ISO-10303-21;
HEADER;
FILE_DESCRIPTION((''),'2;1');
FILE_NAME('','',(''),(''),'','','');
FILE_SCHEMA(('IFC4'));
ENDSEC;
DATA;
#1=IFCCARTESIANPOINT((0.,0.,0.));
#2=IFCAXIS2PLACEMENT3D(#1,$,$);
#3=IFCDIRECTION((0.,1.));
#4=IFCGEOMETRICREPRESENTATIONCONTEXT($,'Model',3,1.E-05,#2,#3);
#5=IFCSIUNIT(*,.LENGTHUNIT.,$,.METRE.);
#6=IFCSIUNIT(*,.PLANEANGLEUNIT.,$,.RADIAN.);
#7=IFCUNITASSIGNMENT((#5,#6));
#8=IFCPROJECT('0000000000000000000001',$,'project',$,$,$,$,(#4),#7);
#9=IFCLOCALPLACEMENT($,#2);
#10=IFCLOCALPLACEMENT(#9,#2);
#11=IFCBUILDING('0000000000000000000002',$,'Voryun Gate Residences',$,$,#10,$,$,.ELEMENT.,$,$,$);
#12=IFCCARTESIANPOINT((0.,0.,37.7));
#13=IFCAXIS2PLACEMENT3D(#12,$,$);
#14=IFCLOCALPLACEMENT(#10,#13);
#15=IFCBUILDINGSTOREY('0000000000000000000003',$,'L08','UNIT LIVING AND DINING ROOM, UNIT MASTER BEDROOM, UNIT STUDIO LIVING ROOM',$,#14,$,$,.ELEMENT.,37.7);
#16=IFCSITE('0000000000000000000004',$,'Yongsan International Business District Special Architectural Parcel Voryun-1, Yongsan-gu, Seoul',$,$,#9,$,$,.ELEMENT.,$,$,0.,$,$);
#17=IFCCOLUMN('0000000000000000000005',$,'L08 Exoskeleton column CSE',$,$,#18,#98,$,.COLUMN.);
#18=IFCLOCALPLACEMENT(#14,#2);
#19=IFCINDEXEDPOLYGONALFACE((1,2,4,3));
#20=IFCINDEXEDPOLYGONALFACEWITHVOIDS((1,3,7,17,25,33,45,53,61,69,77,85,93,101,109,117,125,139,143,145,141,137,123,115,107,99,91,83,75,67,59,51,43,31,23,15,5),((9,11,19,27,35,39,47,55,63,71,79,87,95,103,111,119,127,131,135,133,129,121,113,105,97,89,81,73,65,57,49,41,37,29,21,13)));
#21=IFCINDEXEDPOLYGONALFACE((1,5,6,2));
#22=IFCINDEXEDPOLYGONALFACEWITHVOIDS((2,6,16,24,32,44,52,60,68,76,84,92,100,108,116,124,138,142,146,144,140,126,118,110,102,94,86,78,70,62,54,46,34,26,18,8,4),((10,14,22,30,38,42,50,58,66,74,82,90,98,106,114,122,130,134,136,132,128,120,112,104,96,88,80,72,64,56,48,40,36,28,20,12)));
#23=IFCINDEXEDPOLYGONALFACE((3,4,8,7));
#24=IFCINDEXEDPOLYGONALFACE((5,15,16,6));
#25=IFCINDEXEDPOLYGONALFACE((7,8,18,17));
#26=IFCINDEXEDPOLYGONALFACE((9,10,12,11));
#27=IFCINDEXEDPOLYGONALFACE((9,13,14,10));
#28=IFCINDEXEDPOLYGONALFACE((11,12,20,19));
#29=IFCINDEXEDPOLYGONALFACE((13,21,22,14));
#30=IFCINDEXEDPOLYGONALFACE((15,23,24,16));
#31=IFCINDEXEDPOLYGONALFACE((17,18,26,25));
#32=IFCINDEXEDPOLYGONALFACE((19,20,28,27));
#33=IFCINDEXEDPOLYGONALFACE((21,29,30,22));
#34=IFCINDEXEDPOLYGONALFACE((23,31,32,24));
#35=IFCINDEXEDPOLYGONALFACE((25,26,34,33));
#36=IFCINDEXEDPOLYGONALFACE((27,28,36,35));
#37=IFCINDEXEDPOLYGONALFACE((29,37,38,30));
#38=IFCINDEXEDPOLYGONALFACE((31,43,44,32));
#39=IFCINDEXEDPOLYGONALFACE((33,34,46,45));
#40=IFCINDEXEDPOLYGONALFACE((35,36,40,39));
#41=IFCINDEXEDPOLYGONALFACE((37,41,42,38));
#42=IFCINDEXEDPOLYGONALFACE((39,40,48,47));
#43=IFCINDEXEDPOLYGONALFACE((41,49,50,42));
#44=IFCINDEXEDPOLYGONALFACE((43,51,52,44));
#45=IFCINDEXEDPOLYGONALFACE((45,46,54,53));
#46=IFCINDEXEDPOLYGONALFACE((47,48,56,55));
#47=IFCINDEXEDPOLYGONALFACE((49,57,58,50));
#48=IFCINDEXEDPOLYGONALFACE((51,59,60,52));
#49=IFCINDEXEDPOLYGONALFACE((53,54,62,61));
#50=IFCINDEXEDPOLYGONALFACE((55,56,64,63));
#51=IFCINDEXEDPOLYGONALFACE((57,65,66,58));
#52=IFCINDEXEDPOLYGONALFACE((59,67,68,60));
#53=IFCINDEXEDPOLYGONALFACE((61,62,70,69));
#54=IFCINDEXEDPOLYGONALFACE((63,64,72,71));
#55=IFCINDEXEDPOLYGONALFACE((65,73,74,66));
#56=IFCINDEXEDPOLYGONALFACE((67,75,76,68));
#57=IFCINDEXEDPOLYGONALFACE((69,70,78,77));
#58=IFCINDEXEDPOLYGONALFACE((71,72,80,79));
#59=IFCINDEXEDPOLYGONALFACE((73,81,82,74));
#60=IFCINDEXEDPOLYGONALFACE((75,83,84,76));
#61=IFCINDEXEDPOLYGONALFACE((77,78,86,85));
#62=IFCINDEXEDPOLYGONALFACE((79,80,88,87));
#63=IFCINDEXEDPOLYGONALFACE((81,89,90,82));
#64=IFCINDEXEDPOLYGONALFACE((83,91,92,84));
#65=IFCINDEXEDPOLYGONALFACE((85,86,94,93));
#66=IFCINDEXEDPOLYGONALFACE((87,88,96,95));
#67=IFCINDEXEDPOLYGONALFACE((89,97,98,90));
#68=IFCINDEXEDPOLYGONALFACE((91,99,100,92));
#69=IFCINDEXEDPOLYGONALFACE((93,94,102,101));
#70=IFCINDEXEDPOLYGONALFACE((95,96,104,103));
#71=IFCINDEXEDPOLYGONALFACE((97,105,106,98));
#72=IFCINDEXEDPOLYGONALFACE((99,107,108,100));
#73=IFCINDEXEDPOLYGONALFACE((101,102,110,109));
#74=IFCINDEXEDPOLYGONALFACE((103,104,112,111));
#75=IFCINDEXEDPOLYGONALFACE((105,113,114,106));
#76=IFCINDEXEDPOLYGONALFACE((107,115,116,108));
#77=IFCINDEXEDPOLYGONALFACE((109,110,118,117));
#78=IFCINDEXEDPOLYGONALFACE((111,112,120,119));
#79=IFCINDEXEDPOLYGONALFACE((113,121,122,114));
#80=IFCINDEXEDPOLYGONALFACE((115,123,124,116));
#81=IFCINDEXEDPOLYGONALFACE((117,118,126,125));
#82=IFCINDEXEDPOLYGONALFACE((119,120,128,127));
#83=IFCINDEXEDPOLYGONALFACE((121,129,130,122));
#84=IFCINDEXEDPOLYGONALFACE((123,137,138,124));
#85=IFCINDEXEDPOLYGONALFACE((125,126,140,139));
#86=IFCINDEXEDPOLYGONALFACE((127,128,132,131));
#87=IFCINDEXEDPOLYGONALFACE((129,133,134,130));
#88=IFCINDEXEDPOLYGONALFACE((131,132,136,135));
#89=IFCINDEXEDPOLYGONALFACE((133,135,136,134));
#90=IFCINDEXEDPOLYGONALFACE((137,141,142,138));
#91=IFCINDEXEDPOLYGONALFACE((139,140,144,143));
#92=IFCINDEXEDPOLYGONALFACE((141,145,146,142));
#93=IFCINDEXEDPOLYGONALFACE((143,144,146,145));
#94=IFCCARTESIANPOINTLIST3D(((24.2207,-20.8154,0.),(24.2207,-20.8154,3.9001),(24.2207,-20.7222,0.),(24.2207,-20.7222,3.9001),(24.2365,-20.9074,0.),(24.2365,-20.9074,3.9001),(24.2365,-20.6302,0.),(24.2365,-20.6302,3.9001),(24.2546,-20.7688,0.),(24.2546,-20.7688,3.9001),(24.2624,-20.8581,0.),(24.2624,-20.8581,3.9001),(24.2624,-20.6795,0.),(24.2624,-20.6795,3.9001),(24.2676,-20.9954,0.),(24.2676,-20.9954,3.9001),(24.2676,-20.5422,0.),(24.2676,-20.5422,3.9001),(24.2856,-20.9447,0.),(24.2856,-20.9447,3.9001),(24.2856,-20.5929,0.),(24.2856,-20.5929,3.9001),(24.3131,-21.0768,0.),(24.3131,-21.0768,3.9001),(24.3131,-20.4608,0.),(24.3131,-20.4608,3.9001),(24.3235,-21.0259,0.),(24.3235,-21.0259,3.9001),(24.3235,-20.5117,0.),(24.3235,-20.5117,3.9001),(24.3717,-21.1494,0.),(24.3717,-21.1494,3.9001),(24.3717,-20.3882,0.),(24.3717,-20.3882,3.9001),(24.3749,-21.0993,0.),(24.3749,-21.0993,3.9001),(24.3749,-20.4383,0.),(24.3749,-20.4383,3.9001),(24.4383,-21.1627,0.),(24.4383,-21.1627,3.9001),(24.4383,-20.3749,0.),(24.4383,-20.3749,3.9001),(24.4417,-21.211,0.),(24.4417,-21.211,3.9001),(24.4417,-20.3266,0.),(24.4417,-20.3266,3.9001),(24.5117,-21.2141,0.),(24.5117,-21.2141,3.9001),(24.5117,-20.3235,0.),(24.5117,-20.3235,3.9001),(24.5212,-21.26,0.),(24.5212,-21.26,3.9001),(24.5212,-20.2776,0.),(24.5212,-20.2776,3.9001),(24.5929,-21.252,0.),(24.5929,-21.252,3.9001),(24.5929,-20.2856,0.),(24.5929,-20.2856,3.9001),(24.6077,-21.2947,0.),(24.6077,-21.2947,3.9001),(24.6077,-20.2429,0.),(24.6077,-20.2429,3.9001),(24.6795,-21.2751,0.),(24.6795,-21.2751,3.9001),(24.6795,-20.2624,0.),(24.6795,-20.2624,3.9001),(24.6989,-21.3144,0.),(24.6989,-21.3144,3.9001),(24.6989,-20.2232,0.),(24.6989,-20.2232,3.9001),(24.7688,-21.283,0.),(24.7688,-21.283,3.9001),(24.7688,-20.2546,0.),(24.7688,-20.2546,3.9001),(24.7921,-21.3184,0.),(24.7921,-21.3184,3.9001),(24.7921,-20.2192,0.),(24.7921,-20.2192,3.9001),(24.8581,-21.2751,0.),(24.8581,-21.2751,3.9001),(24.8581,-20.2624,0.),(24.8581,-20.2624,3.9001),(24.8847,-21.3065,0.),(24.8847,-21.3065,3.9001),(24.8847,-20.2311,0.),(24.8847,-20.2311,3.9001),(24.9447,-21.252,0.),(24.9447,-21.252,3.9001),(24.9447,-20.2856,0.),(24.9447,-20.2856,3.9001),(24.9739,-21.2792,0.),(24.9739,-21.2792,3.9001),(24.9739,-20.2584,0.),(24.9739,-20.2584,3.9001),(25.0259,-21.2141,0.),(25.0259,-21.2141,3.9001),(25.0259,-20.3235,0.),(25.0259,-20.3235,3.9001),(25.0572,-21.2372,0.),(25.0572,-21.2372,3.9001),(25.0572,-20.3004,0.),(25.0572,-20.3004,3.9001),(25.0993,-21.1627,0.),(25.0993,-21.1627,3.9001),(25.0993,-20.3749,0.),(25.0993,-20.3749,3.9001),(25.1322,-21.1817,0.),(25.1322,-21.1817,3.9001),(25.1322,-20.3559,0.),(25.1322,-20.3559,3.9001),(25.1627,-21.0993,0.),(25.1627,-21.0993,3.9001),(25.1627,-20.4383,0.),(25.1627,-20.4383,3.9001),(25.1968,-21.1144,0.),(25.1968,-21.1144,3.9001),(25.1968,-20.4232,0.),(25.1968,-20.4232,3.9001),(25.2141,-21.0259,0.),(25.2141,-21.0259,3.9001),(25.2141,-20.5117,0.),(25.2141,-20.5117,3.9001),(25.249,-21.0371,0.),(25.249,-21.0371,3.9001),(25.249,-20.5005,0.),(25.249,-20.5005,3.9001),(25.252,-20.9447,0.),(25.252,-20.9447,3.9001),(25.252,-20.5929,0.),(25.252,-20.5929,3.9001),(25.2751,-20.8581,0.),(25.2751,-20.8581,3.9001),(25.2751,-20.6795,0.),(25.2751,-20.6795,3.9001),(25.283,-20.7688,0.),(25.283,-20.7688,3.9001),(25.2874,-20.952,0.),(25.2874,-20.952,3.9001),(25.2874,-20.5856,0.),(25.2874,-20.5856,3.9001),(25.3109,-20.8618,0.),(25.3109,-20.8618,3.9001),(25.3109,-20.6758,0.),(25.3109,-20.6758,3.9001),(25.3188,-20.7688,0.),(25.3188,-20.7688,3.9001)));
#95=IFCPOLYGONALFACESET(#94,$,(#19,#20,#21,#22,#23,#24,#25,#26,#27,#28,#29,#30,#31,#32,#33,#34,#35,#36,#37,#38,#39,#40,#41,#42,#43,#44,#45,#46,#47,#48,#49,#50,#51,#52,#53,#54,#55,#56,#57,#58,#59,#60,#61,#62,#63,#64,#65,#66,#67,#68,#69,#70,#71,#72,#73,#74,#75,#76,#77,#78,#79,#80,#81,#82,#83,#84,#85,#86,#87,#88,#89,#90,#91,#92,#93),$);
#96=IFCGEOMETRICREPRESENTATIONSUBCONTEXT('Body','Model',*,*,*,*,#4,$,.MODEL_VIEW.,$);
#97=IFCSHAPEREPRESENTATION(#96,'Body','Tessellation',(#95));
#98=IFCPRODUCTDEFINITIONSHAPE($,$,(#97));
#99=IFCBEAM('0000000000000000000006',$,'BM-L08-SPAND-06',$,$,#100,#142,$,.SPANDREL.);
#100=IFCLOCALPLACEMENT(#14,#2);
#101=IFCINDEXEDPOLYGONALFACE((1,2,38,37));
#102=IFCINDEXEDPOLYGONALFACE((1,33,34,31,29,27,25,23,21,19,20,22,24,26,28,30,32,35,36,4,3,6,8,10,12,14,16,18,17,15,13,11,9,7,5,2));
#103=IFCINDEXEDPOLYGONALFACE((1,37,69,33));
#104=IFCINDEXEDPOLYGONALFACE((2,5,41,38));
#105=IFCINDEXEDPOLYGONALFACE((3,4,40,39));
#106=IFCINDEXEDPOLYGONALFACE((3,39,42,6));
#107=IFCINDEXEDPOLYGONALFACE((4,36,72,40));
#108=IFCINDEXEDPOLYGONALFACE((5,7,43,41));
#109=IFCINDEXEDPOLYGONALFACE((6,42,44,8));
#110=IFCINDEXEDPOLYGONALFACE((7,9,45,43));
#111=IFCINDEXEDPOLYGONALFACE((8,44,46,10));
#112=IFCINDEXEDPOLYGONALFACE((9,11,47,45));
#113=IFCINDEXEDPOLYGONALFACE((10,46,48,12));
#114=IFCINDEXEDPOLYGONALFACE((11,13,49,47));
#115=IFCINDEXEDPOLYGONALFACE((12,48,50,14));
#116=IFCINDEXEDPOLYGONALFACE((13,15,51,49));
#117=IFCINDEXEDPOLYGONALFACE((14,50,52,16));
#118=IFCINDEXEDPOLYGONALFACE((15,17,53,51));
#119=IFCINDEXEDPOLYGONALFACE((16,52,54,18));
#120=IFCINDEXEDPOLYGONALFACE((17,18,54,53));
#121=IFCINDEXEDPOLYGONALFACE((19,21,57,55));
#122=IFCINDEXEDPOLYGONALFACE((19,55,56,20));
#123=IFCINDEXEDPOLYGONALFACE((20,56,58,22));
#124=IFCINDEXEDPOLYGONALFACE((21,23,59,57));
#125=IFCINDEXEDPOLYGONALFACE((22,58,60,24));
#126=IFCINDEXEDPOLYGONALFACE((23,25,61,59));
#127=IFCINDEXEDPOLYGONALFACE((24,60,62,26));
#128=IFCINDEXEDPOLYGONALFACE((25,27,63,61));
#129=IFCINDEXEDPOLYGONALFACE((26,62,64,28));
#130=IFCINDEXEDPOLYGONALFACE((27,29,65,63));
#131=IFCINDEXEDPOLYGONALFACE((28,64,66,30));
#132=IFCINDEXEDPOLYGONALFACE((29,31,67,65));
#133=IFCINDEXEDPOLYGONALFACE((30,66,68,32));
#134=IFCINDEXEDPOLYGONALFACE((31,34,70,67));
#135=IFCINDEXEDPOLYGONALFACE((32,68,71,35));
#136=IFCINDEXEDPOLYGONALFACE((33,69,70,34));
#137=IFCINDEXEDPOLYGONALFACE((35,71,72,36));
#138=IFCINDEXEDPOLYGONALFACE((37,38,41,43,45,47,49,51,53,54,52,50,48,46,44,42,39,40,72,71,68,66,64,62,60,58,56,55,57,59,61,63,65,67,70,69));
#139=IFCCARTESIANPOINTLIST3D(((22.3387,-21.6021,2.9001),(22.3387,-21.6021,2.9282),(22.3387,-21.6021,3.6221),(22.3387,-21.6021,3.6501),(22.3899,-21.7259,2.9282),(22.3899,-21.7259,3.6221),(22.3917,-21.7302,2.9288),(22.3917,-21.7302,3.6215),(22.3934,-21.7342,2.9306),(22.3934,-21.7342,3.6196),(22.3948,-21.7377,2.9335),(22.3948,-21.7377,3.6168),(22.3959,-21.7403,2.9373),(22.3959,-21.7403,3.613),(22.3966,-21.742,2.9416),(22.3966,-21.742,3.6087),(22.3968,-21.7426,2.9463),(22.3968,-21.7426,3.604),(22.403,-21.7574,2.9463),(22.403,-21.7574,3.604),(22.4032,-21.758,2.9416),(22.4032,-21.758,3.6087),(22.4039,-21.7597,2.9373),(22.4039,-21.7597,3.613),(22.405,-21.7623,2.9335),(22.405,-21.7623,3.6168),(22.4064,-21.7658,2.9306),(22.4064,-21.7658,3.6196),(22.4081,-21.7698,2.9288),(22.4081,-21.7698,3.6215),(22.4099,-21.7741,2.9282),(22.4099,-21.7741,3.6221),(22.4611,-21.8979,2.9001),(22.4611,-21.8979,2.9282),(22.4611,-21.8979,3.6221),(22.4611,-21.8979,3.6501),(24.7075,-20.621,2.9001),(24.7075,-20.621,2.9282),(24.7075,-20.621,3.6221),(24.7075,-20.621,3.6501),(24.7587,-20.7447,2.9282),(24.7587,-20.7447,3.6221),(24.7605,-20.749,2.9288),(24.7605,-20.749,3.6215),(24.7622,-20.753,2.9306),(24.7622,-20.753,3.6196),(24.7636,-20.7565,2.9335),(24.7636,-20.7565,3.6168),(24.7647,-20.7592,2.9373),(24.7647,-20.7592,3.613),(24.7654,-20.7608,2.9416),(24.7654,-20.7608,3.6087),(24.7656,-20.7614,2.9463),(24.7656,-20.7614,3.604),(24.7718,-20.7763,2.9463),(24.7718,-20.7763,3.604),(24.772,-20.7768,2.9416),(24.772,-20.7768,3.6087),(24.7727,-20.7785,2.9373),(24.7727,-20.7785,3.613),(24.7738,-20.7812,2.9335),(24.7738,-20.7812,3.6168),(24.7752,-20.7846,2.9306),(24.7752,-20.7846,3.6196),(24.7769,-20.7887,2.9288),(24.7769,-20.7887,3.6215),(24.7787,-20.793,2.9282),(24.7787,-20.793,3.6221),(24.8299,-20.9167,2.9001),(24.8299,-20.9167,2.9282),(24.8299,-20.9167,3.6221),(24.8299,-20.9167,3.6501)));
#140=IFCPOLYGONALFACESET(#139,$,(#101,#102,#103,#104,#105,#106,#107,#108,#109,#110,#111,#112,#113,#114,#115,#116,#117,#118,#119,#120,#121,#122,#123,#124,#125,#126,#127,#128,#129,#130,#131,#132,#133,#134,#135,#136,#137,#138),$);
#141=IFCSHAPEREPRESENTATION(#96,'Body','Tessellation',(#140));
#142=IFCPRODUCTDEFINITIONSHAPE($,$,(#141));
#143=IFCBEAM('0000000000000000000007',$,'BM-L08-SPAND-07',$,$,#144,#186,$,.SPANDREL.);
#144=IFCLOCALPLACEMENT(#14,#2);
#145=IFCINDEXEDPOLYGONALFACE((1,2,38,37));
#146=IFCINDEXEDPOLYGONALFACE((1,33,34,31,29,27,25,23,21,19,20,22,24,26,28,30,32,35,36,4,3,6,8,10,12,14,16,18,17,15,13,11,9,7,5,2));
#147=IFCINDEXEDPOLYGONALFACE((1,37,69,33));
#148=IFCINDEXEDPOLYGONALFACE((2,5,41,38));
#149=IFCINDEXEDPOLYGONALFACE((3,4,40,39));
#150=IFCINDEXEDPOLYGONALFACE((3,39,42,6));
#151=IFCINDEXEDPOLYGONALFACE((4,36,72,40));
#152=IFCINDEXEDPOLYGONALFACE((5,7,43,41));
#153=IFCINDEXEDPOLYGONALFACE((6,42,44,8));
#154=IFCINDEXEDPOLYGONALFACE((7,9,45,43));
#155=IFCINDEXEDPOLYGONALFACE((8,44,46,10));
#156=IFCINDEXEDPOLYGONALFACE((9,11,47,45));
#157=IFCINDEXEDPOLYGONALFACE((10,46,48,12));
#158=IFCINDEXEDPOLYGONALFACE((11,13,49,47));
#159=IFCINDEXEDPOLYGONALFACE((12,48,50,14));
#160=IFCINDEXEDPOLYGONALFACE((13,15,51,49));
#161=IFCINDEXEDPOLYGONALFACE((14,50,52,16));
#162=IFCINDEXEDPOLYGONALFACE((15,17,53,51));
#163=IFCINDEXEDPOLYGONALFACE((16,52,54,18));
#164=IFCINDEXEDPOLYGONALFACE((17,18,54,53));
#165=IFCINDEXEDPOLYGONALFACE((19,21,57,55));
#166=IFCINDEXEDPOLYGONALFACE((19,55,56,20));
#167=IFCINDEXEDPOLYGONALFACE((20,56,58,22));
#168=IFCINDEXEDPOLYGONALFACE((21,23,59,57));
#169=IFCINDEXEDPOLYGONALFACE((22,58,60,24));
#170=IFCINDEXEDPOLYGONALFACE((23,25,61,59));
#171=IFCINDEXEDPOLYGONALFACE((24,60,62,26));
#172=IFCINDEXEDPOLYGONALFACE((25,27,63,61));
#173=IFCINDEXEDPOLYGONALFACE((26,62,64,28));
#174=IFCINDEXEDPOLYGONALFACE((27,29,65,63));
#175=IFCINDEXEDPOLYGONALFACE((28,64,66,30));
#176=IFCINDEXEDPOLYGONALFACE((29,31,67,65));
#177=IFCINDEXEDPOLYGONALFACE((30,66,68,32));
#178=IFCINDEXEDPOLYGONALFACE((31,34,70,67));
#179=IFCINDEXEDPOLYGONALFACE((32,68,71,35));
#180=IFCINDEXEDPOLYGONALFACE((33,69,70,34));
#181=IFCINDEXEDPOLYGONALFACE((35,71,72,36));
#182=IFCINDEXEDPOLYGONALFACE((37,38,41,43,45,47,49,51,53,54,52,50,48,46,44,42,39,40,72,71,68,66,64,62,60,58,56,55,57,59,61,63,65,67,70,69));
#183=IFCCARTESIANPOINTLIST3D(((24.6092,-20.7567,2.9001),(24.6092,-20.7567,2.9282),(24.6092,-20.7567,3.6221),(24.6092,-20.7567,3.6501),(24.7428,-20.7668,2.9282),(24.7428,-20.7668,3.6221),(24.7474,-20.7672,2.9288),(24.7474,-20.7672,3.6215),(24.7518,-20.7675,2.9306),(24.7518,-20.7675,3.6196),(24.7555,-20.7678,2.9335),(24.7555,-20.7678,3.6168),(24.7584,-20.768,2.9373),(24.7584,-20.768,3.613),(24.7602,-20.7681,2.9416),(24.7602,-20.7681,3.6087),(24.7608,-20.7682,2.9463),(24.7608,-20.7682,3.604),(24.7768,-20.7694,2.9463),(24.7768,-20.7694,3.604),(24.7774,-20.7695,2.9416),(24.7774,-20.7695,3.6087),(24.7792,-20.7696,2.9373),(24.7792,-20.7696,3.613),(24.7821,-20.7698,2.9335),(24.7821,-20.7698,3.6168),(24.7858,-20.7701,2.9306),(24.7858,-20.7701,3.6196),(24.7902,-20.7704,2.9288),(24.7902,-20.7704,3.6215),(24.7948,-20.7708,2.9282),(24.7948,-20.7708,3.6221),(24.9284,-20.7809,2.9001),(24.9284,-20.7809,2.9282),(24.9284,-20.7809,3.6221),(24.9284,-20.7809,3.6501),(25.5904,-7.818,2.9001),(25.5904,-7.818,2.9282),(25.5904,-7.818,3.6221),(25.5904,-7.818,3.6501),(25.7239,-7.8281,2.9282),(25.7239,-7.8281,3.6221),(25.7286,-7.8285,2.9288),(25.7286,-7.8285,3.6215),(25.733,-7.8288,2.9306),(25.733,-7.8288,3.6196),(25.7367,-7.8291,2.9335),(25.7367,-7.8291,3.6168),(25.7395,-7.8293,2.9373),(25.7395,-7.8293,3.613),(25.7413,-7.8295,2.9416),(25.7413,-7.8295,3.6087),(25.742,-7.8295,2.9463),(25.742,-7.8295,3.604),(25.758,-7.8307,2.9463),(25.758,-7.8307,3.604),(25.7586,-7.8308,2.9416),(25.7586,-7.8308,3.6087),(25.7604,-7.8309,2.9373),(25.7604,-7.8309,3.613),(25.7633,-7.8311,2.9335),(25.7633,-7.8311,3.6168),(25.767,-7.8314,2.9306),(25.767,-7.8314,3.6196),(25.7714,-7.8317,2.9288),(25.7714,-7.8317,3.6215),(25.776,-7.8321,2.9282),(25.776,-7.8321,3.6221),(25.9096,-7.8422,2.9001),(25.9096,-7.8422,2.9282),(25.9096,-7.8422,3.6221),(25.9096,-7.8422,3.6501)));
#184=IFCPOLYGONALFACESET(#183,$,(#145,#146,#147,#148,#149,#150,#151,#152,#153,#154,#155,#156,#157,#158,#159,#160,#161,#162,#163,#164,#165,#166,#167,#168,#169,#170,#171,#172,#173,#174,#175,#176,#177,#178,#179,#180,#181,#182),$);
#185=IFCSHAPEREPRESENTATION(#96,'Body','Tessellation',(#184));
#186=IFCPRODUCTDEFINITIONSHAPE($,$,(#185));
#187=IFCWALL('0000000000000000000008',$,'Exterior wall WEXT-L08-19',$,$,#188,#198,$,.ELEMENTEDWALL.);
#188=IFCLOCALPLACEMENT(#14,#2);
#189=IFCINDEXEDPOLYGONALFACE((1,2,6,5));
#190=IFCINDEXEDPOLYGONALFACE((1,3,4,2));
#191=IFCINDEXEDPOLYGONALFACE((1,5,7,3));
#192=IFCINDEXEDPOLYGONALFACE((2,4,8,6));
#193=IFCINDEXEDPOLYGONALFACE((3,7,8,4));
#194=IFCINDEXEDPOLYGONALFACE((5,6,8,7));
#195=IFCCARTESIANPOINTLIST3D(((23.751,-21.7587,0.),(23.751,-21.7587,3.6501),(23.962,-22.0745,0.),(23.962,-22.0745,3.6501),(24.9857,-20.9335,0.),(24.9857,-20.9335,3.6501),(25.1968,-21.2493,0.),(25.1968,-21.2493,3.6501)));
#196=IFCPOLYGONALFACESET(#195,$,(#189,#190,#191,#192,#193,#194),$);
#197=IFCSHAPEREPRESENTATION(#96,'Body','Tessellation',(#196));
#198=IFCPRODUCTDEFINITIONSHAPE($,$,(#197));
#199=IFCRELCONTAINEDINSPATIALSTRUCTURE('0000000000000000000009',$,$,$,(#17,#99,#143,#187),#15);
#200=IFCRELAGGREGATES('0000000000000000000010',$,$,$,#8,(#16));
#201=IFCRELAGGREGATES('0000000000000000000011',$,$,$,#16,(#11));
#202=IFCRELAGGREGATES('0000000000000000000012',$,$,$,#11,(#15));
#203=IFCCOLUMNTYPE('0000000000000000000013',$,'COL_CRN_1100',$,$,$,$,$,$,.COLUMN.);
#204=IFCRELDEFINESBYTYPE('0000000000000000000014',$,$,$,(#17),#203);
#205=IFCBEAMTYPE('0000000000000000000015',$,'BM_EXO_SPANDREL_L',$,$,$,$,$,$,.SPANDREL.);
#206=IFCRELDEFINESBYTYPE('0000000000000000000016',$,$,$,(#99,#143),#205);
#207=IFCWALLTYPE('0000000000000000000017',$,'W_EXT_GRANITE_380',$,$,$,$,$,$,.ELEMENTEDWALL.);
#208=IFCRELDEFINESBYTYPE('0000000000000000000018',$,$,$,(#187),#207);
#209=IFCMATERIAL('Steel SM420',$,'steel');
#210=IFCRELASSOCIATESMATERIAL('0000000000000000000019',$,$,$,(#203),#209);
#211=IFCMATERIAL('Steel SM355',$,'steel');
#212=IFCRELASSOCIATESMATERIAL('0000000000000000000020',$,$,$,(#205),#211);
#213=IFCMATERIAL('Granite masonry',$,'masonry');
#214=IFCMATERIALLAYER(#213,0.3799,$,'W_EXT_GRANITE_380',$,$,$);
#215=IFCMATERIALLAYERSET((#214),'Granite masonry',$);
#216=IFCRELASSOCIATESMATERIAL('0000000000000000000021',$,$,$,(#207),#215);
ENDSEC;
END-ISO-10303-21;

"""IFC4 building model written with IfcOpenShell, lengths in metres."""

from ifc_helpers import new_model, si_unit, direction, frame, frame_2d, origin, origin_2d, place, context, subcontext, project, spatial, rectangle, hollow_circle, i_section, extrude, material, layer, layer_set, material_profile, profile_set, type_object, element, save


model = new_model("IFC4")

# Units and contexts
model_context = context("Model", 3, precision=1e-05, world=origin(), true_north=direction((0.0, 1.0)))
body_context = subcontext(model_context, "Body", "Model", "MODEL_VIEW")
ifc_project = project(units=[si_unit("LENGTHUNIT", "METRE"), si_unit("PLANEANGLEUNIT", "RADIAN")], contexts=[model_context])

# Site, building, storey
site_placement = place(None, origin())
site = spatial("IfcSite", under=ifc_project, at=site_placement, Name="Yongsan International Business District Special Architectural Parcel Voryun-1, Yongsan-gu, Seoul", CompositionType="ELEMENT", RefElevation=0.0)
building_placement = place(site_placement, origin())
building = spatial("IfcBuilding", under=site, at=building_placement, Name="Voryun Gate Residences", CompositionType="ELEMENT")
storey_placement = place(building_placement, frame((0.0, 0.0, 37.7)))
storey = spatial("IfcBuildingStorey", under=building, at=storey_placement, Name="L08", Description="UNIT LIVING AND DINING ROOM, UNIT MASTER BEDROOM, UNIT STUDIO LIVING ROOM", CompositionType="ELEMENT", Elevation=37.7)

# Column
ifc_material_1 = material(Name="Steel SM420", Category="steel")
ifc_material_profile_1 = material_profile(ifc_material_1, hollow_circle(Radius=0.55, WallThickness=0.0359, at=origin_2d()), Name="CHS-1100x36")
ifc_profile_set_1 = profile_set([ifc_material_profile_1], Name="Steel SM420")
column_type = type_object("IfcColumnType", Name="COL_CRN_1100", PredefinedType="COLUMN", material=ifc_profile_set_1)
column_placement = place(storey_placement, frame((24.7688, -20.7688, 0.0), z_axis=(0.0, 0.0, 1.0), x_axis=(1.0, 0.0, 0.0)))
element("IfcColumn", 1, at=column_placement, inside=storey, type_object=column_type, Name="L08 Exoskeleton column CSE", PredefinedType="COLUMN", context=body_context, shape_type="SweptSolid", body=[
    extrude(hollow_circle(Radius=0.55, WallThickness=0.0359, at=origin_2d()), origin(), (0.0, 0.0, 1.0), 3.9001),
])

# Beams
ifc_material_2 = material(Name="Steel SM355", Category="steel")
ifc_material_profile_2 = material_profile(ifc_material_2, i_section(OverallWidth=0.3201, OverallDepth=0.75, WebThickness=0.0161, FlangeThickness=0.0281, FilletRadius=0.0181, at=origin_2d()), Name="H-750x320x16x28")
ifc_profile_set_2 = profile_set([ifc_material_profile_2], Name="Steel SM355")
beam_type = type_object("IfcBeamType", Name="BM_EXO_SPANDREL_L", PredefinedType="SPANDREL", material=ifc_profile_set_2)
beam_1_placement = place(storey_placement, frame((22.3999, -21.75, 3.2751), z_axis=(0.923883, 0.382674, 0.0), x_axis=(-0.382674, 0.923883, 0.0)))
element("IfcBeam", 2, at=beam_1_placement, inside=storey, type_object=beam_type, Name="BM-L08-SPAND-06", PredefinedType="SPANDREL", context=body_context, shape_type="SweptSolid", body=[
    extrude(i_section(OverallWidth=0.3201, OverallDepth=0.75, WebThickness=0.0161, FlangeThickness=0.0281, FilletRadius=0.0181, at=origin_2d()), origin(), (0.0, 0.0, 1.0), 2.564),
])
beam_2_placement = place(storey_placement, frame((24.7688, -20.7688, 3.2751), z_axis=(0.075617, 0.997137, 0.0), x_axis=(-0.997137, 0.075617, 0.0)))
element("IfcBeam", 3, at=beam_2_placement, inside=storey, type_object=beam_type, Name="BM-L08-SPAND-07", PredefinedType="SPANDREL", context=body_context, shape_type="SweptSolid", body=[
    extrude(i_section(OverallWidth=0.3201, OverallDepth=0.75, WebThickness=0.0161, FlangeThickness=0.0281, FilletRadius=0.0181, at=origin_2d()), origin(), (0.0, 0.0, 1.0), 12.9758),
])

# Wall
ifc_material_3 = material(Name="Granite masonry", Category="masonry")
ifc_layer = layer(ifc_material_3, 0.3799, Name="W_EXT_GRANITE_380")
ifc_layer_set = layer_set([ifc_layer], Name="Granite masonry")
wall_type = type_object("IfcWallType", Name="W_EXT_GRANITE_380", PredefinedType="ELEMENTEDWALL", material=ifc_layer_set)
wall_1_placement = place(storey_placement, frame((25.0913, -21.0913, 0.0), z_axis=(0.0, 0.0, 1.0), x_axis=(-0.831392, -0.555686, 0.0)))
element("IfcWall", 4, at=wall_1_placement, inside=storey, type_object=wall_type, Name="Exterior wall WEXT-L08-19", PredefinedType="ELEMENTEDWALL", context=body_context, shape_type="SweptSolid", body=[
    extrude(rectangle(XDim=1.4851, YDim=0.3799, at=frame_2d((0.7427, 0.0))), origin(), (0.0, 0.0, 1.0), 3.6501),
])

save(model, "model.ifc")
